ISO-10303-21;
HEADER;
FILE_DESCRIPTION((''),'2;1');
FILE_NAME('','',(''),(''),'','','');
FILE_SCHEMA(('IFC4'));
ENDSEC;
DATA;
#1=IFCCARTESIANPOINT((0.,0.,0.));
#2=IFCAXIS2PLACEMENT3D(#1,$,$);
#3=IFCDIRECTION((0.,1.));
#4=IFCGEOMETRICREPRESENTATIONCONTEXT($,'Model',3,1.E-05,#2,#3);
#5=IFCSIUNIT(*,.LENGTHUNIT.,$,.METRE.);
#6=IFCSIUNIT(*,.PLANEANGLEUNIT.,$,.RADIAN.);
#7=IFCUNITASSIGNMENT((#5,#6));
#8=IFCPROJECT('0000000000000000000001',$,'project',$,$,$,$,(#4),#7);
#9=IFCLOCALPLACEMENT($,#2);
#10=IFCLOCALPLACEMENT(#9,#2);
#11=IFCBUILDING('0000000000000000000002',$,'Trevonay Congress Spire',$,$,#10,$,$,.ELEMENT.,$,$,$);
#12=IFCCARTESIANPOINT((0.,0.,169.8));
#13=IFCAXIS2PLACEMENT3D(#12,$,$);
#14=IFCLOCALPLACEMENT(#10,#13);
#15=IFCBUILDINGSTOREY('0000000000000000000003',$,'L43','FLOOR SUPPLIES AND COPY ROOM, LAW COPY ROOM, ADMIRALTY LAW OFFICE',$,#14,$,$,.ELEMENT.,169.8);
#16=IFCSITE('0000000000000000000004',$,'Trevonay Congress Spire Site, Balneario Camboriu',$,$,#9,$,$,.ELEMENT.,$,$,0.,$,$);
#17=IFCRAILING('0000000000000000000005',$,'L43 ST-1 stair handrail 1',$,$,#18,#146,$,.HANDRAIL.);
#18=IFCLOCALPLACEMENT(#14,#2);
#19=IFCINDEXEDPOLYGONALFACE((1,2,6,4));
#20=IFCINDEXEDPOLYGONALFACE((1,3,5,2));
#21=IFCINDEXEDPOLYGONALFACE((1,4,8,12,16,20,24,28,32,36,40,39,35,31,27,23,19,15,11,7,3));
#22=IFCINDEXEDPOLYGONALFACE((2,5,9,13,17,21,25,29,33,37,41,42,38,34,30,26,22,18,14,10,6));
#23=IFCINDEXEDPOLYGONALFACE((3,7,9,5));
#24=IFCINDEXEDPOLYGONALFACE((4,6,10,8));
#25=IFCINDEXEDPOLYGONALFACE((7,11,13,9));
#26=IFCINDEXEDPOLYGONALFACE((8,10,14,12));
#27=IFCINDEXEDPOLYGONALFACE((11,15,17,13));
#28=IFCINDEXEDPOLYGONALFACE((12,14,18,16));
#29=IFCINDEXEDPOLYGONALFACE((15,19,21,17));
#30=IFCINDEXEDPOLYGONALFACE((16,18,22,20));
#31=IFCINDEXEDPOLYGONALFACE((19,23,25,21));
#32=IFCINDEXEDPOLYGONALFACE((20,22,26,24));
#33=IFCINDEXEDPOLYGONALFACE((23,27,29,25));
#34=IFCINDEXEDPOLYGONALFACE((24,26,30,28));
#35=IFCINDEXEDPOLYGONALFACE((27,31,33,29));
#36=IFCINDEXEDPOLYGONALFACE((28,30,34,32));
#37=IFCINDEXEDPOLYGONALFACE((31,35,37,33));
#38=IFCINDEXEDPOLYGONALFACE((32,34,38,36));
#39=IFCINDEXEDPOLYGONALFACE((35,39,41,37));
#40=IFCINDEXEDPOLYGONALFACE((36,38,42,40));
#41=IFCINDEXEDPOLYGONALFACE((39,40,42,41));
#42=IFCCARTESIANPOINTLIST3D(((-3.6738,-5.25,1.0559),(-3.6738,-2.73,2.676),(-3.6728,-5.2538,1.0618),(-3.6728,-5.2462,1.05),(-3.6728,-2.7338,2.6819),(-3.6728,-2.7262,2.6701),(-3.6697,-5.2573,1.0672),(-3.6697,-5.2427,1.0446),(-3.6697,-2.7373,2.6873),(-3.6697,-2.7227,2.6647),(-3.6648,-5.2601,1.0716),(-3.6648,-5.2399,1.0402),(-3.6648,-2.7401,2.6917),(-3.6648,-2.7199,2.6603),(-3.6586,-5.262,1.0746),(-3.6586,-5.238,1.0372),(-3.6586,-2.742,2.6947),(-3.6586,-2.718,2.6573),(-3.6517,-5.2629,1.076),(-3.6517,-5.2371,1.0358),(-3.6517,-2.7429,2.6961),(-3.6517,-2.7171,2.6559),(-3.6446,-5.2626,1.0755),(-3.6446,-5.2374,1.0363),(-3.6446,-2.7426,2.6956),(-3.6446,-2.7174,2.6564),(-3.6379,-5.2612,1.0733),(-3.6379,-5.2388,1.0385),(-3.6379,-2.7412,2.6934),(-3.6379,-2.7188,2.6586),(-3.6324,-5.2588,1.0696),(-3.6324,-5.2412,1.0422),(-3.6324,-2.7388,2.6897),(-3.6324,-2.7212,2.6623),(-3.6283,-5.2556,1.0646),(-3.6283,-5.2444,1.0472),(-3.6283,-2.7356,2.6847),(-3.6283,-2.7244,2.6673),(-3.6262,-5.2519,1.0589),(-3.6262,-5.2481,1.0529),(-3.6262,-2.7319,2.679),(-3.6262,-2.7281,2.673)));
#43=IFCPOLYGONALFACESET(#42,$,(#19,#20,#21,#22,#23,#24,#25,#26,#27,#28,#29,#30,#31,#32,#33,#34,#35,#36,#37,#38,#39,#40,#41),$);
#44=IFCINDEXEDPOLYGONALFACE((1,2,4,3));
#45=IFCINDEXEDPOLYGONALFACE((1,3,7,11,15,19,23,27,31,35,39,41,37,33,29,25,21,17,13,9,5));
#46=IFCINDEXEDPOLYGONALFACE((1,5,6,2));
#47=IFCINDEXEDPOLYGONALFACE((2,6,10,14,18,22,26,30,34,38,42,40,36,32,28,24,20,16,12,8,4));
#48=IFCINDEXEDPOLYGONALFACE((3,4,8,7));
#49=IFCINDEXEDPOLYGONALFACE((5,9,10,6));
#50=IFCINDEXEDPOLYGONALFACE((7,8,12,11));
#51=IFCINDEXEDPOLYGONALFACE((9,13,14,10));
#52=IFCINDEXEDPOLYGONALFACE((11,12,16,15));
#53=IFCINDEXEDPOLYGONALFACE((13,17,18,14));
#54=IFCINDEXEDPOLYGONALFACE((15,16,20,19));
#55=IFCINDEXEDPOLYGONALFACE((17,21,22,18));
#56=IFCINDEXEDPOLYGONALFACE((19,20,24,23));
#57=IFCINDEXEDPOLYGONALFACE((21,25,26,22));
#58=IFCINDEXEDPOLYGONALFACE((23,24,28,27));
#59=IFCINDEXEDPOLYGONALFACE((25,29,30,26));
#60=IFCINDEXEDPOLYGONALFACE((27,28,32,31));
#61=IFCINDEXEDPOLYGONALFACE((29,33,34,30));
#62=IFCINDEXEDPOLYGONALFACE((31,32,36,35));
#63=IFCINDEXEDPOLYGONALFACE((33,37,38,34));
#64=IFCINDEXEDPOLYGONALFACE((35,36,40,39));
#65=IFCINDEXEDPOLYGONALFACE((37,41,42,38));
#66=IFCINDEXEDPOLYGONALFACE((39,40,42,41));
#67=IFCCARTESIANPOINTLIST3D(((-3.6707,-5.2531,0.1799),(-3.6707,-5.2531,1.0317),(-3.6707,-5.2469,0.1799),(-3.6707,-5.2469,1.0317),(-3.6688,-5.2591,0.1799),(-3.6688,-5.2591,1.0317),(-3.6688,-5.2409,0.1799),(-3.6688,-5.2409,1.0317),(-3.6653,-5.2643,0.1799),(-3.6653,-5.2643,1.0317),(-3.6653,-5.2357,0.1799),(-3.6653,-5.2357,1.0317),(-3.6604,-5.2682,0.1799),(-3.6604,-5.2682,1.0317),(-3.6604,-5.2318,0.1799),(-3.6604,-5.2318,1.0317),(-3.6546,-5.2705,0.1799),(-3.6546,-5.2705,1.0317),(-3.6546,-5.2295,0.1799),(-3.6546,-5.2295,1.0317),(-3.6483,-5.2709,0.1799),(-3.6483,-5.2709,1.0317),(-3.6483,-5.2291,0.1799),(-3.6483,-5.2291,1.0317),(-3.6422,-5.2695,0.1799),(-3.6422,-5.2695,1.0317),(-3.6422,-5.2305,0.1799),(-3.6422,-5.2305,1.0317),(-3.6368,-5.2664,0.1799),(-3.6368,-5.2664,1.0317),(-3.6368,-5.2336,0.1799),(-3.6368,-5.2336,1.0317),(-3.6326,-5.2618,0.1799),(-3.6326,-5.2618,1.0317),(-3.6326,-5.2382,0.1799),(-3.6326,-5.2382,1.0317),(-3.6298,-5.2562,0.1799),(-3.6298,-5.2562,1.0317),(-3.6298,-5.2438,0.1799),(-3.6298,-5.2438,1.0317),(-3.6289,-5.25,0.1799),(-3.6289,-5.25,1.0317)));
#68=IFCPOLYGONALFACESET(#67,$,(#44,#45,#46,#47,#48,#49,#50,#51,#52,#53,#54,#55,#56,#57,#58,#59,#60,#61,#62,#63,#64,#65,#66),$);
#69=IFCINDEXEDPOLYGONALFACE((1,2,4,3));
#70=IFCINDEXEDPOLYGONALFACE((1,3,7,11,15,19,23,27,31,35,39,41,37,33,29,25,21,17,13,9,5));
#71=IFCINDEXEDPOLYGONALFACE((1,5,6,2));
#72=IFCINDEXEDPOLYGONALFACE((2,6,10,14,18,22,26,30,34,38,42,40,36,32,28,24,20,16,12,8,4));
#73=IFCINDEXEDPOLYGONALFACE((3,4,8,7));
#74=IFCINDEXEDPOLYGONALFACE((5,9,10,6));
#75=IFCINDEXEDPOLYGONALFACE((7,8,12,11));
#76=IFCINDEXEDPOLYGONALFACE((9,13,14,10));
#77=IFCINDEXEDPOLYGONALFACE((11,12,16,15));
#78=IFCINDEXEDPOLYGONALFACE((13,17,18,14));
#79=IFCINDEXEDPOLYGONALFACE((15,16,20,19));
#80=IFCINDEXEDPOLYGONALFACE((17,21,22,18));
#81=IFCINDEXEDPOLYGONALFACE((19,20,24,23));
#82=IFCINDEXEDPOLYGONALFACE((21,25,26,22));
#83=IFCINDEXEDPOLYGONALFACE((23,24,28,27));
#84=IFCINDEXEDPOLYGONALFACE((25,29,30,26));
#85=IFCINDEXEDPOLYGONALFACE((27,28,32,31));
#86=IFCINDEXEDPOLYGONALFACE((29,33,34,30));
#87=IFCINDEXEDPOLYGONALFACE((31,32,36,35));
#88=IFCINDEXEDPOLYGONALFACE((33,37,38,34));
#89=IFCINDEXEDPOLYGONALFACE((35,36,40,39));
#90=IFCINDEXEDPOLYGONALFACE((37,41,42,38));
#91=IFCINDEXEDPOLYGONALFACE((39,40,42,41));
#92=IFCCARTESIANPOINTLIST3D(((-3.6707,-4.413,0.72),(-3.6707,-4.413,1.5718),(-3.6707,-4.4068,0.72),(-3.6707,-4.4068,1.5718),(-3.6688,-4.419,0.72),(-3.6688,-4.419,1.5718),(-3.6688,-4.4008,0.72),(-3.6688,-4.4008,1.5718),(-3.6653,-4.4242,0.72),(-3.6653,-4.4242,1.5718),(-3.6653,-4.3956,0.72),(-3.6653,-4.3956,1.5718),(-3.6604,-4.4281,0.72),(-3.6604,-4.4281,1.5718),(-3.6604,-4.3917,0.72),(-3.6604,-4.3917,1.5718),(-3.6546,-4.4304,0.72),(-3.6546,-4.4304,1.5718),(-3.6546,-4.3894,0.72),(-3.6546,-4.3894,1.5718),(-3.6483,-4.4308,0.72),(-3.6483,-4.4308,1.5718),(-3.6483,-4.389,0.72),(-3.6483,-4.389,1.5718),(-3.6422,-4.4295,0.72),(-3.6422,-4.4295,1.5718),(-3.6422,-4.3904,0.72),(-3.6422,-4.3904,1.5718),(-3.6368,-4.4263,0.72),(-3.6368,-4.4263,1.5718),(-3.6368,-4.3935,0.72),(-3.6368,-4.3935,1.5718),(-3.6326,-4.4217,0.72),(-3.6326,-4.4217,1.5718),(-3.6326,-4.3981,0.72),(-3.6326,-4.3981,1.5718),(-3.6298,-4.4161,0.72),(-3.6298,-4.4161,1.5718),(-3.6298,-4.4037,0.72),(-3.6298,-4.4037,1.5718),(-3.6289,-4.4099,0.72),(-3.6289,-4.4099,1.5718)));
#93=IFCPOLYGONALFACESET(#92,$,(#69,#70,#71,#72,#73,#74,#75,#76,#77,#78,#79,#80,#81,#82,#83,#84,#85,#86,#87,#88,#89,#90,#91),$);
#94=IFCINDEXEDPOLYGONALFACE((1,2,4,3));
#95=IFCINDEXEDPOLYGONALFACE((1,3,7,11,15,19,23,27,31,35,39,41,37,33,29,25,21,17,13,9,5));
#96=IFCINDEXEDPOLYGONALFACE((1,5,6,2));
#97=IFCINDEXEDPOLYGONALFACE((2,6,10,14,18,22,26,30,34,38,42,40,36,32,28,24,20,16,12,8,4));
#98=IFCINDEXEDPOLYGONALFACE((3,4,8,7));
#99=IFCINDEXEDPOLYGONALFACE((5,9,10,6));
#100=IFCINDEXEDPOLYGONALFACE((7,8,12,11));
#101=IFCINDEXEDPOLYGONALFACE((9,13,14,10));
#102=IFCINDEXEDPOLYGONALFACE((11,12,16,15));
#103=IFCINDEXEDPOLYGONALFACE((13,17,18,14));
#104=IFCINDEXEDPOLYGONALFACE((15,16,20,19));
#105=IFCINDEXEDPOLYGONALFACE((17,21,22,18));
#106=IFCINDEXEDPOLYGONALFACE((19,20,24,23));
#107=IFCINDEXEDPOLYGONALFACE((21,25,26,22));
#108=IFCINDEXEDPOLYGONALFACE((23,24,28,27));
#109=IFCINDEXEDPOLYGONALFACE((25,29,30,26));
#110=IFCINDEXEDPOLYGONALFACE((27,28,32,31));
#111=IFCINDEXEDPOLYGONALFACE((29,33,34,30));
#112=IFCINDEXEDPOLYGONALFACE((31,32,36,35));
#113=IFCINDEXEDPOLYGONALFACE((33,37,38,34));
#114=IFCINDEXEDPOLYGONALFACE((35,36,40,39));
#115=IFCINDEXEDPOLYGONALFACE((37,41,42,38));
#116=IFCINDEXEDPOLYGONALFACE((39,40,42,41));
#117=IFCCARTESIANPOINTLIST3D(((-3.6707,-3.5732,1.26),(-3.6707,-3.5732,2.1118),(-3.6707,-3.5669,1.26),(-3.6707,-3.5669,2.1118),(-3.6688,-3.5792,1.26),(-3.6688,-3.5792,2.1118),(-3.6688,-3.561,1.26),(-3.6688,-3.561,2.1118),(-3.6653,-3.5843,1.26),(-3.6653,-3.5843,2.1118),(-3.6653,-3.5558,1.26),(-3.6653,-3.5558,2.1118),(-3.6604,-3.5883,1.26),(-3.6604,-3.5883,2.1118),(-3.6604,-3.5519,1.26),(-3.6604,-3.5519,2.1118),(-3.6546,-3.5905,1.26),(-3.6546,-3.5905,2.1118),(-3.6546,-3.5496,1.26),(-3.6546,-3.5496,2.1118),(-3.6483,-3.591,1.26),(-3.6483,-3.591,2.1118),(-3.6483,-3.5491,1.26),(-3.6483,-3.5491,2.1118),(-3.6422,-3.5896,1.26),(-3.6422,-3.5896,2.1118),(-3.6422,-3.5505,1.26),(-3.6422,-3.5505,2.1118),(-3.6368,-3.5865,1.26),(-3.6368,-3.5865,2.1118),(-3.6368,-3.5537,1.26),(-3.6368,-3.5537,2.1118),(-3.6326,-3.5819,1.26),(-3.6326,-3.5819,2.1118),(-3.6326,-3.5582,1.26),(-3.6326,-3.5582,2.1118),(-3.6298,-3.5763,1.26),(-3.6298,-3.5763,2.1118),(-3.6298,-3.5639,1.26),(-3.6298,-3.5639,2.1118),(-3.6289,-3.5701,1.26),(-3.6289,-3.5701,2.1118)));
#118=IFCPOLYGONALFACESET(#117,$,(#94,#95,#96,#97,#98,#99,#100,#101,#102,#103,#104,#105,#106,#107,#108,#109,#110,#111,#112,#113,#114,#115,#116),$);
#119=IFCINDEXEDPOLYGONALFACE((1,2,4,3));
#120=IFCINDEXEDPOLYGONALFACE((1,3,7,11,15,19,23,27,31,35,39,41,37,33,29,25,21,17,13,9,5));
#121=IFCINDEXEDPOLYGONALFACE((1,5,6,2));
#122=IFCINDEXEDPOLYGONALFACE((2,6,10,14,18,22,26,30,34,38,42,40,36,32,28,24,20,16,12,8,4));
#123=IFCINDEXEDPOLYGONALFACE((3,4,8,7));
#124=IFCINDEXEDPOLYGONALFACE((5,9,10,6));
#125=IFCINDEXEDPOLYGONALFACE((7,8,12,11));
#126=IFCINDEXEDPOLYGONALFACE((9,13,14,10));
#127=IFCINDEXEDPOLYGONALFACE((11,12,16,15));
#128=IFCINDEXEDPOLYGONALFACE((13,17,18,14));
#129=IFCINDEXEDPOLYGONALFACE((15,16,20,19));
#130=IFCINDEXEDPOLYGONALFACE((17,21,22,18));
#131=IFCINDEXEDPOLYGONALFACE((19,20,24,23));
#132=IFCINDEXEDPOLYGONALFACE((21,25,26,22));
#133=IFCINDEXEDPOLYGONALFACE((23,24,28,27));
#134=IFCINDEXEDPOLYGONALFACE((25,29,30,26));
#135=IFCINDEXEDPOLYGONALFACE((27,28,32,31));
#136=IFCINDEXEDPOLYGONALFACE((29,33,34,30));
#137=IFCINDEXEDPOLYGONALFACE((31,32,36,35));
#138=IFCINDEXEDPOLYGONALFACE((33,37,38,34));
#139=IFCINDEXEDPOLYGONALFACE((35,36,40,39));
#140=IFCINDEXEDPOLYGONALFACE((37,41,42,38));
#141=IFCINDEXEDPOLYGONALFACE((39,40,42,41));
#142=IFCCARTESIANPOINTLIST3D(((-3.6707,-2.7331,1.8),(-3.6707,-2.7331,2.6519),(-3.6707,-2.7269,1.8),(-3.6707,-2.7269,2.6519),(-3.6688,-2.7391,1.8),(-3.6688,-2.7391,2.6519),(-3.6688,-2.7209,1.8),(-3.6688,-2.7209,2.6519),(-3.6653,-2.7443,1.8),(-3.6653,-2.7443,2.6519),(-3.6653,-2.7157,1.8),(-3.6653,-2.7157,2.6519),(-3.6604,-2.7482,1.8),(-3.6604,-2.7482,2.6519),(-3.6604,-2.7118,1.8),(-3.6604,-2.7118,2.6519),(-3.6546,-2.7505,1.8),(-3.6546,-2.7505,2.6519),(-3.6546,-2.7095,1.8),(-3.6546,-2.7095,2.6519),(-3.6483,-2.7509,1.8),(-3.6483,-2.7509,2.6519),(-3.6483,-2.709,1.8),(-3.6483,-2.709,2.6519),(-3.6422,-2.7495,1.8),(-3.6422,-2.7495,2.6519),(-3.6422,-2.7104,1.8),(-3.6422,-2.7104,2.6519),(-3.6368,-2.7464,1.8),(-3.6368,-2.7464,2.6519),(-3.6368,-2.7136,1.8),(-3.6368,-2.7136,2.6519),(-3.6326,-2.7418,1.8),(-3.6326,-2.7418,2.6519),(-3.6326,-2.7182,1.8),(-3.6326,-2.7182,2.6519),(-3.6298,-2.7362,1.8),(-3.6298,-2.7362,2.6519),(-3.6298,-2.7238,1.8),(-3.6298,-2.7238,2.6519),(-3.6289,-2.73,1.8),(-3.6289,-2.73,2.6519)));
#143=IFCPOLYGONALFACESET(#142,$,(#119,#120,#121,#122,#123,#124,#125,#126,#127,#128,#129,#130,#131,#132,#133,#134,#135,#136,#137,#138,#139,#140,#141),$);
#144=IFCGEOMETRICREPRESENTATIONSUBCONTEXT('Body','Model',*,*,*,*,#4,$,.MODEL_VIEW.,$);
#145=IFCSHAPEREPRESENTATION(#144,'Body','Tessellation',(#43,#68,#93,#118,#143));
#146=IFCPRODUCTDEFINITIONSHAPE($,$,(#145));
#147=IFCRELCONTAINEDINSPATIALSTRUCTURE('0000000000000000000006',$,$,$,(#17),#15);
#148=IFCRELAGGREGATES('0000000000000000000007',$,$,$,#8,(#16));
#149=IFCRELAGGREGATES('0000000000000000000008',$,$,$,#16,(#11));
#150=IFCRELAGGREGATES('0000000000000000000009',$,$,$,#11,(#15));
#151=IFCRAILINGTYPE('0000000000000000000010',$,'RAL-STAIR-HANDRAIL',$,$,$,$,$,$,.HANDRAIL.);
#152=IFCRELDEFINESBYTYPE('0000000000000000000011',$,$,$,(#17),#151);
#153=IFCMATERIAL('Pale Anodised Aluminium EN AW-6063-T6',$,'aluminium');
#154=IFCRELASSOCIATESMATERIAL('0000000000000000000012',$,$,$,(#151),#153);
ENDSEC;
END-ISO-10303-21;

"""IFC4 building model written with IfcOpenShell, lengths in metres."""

from ifc_helpers import new_model, si_unit, direction, frame, origin, origin_2d, place, context, subcontext, project, spatial, circle, extrude, material, type_object, element, save


model = new_model("IFC4")

# Units and contexts
model_context = context("Model", 3, precision=1e-05, world=origin(), true_north=direction((0.0, 1.0)))
body_context = subcontext(model_context, "Body", "Model", "MODEL_VIEW")
ifc_project = project(units=[si_unit("LENGTHUNIT", "METRE"), si_unit("PLANEANGLEUNIT", "RADIAN")], contexts=[model_context])

# Site, building, storey
site_placement = place(None, origin())
site = spatial("IfcSite", under=ifc_project, at=site_placement, Name="Trevonay Congress Spire Site, Balneario Camboriu", CompositionType="ELEMENT", RefElevation=0.0)
building_placement = place(site_placement, origin())
building = spatial("IfcBuilding", under=site, at=building_placement, Name="Trevonay Congress Spire", CompositionType="ELEMENT")
storey_placement = place(building_placement, frame((0.0, 0.0, 169.8)))
storey = spatial("IfcBuildingStorey", under=building, at=storey_placement, Name="L43", Description="FLOOR SUPPLIES AND COPY ROOM, LAW COPY ROOM, ADMIRALTY LAW OFFICE", CompositionType="ELEMENT", Elevation=169.8)

# Railing
ifc_material_1 = material(Name="Pale Anodised Aluminium EN AW-6063-T6", Category="aluminium")
railing_type_1 = type_object("IfcRailingType", Name="RAL-STAIR-HANDRAIL", PredefinedType="HANDRAIL", material=ifc_material_1)
railing_1_placement = place(storey_placement, frame((-3.6499, -5.25, 0.1799)))
element("IfcRailing", 1, at=railing_1_placement, inside=storey, type_object=railing_type_1, Name="L43 ST-1 stair handrail 1", PredefinedType="HANDRAIL", context=body_context, shape_type="SweptSolid", body=[
    extrude(circle(Radius=0.0239, at=origin_2d()), frame((0.0, 0.0, 0.876), z_axis=(0.0, 0.841163, 0.540782), x_axis=(-1.0, 0.0, 0.0)), (0.0, 0.0, 1.0), 2.9958),
    extrude(circle(Radius=0.021, at=origin_2d()), origin(), (0.0, 0.0, 1.0), 0.8518),
    extrude(circle(Radius=0.021, at=origin_2d()), frame((0.0, 0.8401, 0.54)), (0.0, 0.0, 1.0), 0.8518),
    extrude(circle(Radius=0.021, at=origin_2d()), frame((0.0, 1.6799, 1.0801)), (0.0, 0.0, 1.0), 0.8518),
    extrude(circle(Radius=0.021, at=origin_2d()), frame((0.0, 2.52, 1.6201)), (0.0, 0.0, 1.0), 0.8518),
])

save(model, "model.ifc")
